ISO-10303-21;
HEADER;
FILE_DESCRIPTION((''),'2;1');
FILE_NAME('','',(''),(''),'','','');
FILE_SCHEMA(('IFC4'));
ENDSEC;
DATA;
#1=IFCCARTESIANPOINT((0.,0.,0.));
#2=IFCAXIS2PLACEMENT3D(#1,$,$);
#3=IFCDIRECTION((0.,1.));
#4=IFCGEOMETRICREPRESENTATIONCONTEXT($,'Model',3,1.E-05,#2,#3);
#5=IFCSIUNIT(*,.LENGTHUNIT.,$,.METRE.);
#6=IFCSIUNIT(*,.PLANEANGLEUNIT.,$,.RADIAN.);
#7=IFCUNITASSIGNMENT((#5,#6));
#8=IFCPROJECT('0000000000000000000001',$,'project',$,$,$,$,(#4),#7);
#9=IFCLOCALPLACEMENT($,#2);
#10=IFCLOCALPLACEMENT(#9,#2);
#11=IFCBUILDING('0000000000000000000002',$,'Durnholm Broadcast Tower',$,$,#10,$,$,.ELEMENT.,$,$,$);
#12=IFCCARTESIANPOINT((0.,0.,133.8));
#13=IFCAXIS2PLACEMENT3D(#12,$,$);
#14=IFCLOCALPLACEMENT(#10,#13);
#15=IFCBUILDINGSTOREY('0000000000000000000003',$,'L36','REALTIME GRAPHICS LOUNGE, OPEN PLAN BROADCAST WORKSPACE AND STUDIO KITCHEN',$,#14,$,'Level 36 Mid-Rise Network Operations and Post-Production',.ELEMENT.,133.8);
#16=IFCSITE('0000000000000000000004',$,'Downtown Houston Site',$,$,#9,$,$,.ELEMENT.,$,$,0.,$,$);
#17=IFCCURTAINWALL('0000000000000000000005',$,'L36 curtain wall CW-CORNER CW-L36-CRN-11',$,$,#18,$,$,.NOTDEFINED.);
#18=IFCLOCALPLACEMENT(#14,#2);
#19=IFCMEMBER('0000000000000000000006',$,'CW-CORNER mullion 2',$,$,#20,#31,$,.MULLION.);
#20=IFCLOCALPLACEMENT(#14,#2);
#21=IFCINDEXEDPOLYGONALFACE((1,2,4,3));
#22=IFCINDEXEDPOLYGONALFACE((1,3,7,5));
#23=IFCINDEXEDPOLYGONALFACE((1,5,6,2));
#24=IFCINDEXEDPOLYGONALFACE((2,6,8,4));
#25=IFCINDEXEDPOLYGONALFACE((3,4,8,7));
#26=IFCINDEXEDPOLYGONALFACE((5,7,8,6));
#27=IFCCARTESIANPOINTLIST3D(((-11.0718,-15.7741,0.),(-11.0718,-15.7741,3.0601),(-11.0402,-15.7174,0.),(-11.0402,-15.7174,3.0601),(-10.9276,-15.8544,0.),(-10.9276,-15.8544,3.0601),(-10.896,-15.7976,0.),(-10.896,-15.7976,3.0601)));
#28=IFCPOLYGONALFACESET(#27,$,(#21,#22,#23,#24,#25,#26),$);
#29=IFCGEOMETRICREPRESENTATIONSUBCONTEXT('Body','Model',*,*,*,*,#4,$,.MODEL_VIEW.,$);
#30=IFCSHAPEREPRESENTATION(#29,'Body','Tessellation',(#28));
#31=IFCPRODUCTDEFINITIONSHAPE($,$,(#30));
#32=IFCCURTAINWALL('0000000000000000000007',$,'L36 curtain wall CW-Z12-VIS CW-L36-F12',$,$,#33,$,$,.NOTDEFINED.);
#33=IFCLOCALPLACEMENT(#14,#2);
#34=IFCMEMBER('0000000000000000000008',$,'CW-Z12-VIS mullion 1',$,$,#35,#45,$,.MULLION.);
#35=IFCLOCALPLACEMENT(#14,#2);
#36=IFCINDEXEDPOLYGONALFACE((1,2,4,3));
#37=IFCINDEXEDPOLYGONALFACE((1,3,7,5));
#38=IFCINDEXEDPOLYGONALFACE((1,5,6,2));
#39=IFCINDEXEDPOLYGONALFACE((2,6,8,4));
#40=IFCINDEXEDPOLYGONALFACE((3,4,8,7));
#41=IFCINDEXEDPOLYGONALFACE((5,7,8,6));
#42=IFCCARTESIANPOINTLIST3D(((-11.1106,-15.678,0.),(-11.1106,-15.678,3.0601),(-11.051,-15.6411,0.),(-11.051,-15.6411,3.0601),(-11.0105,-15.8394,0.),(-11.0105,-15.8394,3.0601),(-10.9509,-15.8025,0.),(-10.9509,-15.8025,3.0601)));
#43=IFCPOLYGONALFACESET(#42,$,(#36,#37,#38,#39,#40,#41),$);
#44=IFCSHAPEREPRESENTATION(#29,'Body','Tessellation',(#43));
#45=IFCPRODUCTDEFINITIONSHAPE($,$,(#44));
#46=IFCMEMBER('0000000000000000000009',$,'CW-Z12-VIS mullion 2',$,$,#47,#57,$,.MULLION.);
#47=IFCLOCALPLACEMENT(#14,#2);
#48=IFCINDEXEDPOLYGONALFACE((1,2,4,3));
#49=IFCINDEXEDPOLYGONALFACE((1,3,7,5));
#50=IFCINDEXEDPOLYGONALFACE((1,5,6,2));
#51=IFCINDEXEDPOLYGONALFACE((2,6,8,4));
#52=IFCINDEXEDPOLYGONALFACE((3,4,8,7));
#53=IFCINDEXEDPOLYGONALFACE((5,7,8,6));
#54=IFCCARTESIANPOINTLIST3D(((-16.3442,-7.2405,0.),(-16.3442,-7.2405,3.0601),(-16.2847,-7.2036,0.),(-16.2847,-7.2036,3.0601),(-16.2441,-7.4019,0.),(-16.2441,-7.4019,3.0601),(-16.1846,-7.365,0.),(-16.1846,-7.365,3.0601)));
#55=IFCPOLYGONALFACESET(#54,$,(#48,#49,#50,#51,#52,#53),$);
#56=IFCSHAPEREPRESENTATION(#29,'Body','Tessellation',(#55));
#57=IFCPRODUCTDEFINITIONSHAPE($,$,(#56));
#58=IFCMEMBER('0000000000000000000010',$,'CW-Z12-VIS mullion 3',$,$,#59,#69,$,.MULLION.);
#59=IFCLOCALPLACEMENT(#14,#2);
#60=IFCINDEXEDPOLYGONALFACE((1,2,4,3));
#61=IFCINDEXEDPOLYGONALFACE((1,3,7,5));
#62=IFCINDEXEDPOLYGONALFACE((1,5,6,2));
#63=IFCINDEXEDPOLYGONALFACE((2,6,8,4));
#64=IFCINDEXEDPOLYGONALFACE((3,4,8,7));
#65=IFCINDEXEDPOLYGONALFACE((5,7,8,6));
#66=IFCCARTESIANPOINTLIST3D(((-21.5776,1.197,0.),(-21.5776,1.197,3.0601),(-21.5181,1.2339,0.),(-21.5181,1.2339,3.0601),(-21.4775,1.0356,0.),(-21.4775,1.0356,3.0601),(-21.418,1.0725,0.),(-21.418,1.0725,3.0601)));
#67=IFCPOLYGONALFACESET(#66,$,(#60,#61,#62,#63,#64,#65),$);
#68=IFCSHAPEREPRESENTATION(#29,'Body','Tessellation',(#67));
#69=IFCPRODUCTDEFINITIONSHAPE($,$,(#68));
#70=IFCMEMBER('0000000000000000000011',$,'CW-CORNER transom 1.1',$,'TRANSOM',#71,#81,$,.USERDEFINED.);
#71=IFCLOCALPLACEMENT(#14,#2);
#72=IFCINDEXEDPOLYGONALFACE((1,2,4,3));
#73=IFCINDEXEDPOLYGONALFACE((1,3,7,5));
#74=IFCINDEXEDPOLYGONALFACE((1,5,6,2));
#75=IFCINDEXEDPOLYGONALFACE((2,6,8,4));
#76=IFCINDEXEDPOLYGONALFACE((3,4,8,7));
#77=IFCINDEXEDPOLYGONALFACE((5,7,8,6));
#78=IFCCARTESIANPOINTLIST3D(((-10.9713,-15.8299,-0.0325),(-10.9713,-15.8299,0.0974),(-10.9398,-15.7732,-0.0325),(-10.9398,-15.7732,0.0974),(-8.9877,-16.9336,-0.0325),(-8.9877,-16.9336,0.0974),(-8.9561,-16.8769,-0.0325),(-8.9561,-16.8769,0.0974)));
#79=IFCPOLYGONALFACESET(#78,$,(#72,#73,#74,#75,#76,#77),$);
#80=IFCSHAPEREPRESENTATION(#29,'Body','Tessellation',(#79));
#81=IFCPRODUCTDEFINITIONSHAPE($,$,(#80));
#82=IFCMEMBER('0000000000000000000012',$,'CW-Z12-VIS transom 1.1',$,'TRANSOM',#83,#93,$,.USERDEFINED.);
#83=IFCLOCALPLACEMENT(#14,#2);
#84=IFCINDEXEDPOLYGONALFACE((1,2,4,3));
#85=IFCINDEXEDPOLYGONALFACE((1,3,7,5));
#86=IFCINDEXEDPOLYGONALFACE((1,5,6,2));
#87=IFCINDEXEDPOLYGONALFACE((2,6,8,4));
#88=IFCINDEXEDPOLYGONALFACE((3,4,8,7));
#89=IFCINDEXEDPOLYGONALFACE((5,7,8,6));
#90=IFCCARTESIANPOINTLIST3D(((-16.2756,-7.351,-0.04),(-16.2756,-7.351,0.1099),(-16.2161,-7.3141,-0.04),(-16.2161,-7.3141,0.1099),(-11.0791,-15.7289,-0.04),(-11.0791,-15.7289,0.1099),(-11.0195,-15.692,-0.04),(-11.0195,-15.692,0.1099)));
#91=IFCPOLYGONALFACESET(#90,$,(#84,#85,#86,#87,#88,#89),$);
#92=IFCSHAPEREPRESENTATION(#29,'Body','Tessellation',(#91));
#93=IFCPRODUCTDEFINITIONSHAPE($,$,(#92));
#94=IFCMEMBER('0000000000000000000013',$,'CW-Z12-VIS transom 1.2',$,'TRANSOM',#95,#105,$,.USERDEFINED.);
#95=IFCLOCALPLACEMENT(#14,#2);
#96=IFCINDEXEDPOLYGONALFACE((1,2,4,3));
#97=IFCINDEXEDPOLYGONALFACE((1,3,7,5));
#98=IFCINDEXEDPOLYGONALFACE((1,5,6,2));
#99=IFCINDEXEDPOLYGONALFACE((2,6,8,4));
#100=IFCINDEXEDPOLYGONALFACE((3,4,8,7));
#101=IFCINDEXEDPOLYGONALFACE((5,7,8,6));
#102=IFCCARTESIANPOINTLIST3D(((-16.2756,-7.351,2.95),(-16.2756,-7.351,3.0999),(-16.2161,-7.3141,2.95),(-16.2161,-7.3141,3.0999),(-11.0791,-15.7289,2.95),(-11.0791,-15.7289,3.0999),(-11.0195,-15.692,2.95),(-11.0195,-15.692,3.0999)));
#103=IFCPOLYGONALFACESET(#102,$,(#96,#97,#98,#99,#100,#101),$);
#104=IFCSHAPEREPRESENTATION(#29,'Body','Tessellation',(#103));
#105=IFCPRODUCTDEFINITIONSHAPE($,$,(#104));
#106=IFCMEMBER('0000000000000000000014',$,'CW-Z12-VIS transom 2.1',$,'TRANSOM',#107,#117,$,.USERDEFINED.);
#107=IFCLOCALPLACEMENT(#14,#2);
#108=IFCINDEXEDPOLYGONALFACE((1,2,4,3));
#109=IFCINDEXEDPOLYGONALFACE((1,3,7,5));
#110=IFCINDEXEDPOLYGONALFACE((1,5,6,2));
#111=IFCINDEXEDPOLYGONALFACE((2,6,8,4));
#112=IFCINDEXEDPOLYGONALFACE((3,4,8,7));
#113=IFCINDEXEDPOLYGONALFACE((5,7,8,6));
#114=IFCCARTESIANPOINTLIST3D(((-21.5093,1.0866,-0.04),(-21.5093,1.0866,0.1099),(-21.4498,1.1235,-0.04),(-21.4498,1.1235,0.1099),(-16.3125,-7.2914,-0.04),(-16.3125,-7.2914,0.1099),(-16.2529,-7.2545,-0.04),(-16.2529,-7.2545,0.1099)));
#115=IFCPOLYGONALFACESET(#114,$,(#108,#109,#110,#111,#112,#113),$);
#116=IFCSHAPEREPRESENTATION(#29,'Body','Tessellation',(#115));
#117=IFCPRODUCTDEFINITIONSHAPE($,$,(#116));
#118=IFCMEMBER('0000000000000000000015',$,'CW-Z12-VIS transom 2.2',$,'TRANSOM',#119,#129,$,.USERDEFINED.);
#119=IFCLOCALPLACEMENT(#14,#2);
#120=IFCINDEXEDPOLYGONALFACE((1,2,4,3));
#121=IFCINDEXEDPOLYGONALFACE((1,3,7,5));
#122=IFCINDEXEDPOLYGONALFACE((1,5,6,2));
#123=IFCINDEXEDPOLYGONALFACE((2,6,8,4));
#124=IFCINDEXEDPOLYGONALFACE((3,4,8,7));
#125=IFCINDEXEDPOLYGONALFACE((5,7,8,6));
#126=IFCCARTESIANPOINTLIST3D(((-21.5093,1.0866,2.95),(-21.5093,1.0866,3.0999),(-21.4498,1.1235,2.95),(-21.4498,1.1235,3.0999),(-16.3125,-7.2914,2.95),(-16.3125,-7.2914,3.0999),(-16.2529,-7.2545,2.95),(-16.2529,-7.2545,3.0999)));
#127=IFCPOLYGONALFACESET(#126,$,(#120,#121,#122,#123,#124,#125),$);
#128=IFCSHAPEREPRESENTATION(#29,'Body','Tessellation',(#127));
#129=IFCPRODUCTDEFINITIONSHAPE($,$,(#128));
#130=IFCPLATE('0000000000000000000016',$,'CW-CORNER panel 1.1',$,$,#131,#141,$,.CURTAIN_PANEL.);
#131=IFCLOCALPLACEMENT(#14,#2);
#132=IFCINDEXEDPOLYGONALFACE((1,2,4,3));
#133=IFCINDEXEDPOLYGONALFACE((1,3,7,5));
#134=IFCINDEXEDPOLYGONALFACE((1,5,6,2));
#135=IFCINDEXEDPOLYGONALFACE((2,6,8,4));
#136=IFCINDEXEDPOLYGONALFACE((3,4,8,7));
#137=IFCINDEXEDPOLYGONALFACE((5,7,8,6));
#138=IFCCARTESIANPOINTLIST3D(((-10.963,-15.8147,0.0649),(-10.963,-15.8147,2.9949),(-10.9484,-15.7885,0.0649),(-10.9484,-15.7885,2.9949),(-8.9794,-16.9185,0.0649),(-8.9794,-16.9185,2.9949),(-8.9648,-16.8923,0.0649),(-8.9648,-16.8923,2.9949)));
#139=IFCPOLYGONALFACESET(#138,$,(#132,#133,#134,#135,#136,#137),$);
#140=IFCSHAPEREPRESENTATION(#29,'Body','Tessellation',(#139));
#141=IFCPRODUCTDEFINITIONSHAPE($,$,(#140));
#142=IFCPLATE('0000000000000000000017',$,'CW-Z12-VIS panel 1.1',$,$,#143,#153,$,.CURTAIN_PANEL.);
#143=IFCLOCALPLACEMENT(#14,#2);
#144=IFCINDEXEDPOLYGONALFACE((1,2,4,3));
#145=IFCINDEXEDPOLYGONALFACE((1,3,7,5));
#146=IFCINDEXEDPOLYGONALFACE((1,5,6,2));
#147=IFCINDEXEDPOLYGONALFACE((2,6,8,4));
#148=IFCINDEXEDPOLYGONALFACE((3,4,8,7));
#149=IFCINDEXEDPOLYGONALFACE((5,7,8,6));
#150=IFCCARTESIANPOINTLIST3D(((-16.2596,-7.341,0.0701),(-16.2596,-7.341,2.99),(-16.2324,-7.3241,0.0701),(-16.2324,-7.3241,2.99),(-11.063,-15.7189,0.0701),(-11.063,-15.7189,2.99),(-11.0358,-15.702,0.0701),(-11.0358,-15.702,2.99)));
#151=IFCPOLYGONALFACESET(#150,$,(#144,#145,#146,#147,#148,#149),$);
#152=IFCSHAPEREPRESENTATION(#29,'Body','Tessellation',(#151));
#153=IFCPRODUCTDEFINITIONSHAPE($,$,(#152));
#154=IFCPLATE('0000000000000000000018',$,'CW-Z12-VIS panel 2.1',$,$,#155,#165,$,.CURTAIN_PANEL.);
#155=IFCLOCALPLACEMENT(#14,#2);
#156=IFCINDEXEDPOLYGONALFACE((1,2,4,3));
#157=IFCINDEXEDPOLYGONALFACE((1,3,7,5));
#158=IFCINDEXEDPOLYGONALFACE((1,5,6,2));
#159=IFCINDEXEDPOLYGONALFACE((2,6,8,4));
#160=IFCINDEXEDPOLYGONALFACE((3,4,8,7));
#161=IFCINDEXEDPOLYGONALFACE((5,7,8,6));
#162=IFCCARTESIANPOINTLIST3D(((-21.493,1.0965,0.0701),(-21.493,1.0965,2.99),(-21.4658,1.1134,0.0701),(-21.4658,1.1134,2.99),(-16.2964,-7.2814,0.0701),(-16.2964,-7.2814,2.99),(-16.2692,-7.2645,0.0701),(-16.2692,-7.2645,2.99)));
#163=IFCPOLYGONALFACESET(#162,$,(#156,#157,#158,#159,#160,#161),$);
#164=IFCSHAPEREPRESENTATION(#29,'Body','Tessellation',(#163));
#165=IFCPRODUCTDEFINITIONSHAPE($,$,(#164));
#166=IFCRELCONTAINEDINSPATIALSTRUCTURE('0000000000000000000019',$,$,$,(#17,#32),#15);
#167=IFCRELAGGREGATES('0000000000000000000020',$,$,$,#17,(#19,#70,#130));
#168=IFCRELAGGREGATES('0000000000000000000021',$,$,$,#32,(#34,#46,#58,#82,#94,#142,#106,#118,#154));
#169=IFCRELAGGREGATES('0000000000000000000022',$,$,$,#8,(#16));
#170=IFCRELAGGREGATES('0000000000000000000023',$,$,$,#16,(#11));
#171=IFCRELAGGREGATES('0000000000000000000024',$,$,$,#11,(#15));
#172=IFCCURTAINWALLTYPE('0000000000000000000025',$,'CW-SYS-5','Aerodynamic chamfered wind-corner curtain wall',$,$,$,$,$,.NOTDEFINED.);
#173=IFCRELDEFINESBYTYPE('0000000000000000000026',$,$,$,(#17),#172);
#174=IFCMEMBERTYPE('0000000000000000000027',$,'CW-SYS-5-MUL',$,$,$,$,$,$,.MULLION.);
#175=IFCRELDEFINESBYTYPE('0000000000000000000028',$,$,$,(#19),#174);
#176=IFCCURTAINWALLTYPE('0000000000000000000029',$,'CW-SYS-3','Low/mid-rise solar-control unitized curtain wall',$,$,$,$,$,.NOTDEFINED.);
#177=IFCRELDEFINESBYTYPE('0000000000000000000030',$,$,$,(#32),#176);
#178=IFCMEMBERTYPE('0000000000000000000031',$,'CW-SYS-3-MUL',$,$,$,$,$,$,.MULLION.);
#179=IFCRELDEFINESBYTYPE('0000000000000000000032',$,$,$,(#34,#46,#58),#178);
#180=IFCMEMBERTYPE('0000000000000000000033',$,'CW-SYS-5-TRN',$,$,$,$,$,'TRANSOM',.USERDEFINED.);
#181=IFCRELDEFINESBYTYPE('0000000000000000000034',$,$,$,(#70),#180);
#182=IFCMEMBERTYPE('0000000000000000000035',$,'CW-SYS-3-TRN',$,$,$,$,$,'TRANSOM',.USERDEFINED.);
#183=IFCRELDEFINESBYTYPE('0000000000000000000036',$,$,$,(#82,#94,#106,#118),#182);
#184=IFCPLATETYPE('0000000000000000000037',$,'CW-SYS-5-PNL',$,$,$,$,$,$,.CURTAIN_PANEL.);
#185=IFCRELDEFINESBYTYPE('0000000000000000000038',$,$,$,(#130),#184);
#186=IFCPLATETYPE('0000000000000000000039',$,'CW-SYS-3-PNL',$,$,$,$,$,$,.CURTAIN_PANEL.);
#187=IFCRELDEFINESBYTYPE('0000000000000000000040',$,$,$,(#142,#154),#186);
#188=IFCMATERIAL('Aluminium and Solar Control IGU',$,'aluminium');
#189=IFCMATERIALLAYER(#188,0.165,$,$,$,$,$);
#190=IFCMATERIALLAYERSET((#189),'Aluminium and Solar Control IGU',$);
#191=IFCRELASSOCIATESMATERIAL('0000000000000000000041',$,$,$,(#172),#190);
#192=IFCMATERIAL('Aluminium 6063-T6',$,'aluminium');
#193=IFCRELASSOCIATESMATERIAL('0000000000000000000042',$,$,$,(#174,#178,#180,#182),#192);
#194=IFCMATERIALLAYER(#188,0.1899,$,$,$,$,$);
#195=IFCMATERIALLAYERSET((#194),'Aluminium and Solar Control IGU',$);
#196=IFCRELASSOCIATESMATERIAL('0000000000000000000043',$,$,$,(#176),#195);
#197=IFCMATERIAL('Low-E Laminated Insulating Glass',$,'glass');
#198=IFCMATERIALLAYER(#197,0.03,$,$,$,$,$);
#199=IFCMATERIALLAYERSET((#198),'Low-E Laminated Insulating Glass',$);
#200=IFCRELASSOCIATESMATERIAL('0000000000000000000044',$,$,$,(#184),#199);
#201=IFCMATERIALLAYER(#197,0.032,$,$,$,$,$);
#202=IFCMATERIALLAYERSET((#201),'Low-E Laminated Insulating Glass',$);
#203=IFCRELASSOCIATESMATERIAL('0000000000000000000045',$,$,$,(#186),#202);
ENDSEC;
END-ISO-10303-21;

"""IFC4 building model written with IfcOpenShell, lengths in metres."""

from ifc_helpers import new_model, si_unit, direction, frame, origin, origin_2d, place, context, subcontext, project, spatial, rectangle, extrude, source, transform, mapped, material, layer, layer_set, material_profile, profile_set, type_object, type_shapes, element, aggregate, save


model = new_model("IFC4")

# Units and contexts
model_context = context("Model", 3, precision=1e-05, world=origin(), true_north=direction((0.0, 1.0)))
body_context = subcontext(model_context, "Body", "Model", "MODEL_VIEW")
ifc_project = project(units=[si_unit("LENGTHUNIT", "METRE"), si_unit("PLANEANGLEUNIT", "RADIAN")], contexts=[model_context])

# Site, building, storey
site_placement = place(None, origin())
site = spatial("IfcSite", under=ifc_project, at=site_placement, Name="Downtown Houston Site", CompositionType="ELEMENT", RefElevation=0.0)
building_placement = place(site_placement, origin())
building = spatial("IfcBuilding", under=site, at=building_placement, Name="Durnholm Broadcast Tower", CompositionType="ELEMENT")
storey_placement = place(building_placement, frame((0.0, 0.0, 133.8)))
storey = spatial("IfcBuildingStorey", under=building, at=storey_placement, Name="L36", Description="REALTIME GRAPHICS LOUNGE, OPEN PLAN BROADCAST WORKSPACE AND STUDIO KITCHEN", LongName="Level 36 Mid-Rise Network Operations and Post-Production", CompositionType="ELEMENT", Elevation=133.8)

# Curtain wall, member
ifc_material_1 = material(Name="Aluminium and Solar Control IGU", Category="aluminium")
ifc_layer_1 = layer(ifc_material_1, 0.165)
ifc_layer_set_1 = layer_set([ifc_layer_1], Name="Aluminium and Solar Control IGU")
curtain_wall_type_1 = type_object("IfcCurtainWallType", Name="CW-SYS-5", Description="Aerodynamic chamfered wind-corner curtain wall", PredefinedType="NOTDEFINED", material=ifc_layer_set_1)
ifc_material_2 = material(Name="Aluminium 6063-T6", Category="aluminium")
ifc_material_profile_1 = material_profile(ifc_material_2, rectangle(XDim=0.0649, YDim=0.165, at=origin_2d()), Name="CWM65X165")
ifc_profile_set_1 = profile_set([ifc_material_profile_1], Name="Aluminium 6063-T6")
member_type_1 = type_object("IfcMemberType", Name="CW-SYS-5-MUL", PredefinedType="MULLION", material=ifc_profile_set_1)
shared_shape_1 = source(origin(), body_context, "Body", "SweptSolid", [
    extrude(rectangle(XDim=0.0649, YDim=0.165, at=origin_2d()), origin(), (0.0, 0.0, 1.0), 3.0601),
])
type_shapes(member_type_1, [shared_shape_1])
curtain_wall_1_placement = place(storey_placement, origin())
curtain_wall_1 = element("IfcCurtainWall", 1, at=curtain_wall_1_placement, inside=storey, type_object=curtain_wall_type_1, Name="L36 curtain wall CW-CORNER CW-L36-CRN-11", PredefinedType="NOTDEFINED")
member_1_placement = place(storey_placement, frame((-10.9839, -15.7859, 0.0), z_axis=(0.0, 0.0, 1.0), x_axis=(-0.486244, -0.873823, 0.0)))
member_1 = element("IfcMember", 2, at=member_1_placement, type_object=member_type_1, Name="CW-CORNER mullion 2", PredefinedType="MULLION", context=body_context, shape_type="MappedRepresentation", body=[
    mapped(shared_shape_1, transform((0.0, 0.0, 0.0), x_axis=(1.0, 0.0, 0.0), y_axis=(0.0, 1.0, 0.0), z_axis=(0.0, 0.0, 1.0), scale=1.0)),
])

# Curtain wall, members
ifc_layer_2 = layer(ifc_material_1, 0.1899)
ifc_layer_set_2 = layer_set([ifc_layer_2], Name="Aluminium and Solar Control IGU")
curtain_wall_type_2 = type_object("IfcCurtainWallType", Name="CW-SYS-3", Description="Low/mid-rise solar-control unitized curtain wall", PredefinedType="NOTDEFINED", material=ifc_layer_set_2)
curtain_wall_2_placement = place(storey_placement, origin())
curtain_wall_2 = element("IfcCurtainWall", 3, at=curtain_wall_2_placement, inside=storey, type_object=curtain_wall_type_2, Name="L36 curtain wall CW-Z12-VIS CW-L36-F12", PredefinedType="NOTDEFINED")
ifc_material_profile_2 = material_profile(ifc_material_2, rectangle(XDim=0.0701, YDim=0.1899, at=origin_2d()), Name="CWM70X190")
ifc_profile_set_2 = profile_set([ifc_material_profile_2], Name="Aluminium 6063-T6")
member_type_2 = type_object("IfcMemberType", Name="CW-SYS-3-MUL", PredefinedType="MULLION", material=ifc_profile_set_2)
shared_shape_2 = source(origin(), body_context, "Body", "SweptSolid", [
    extrude(rectangle(XDim=0.0701, YDim=0.1899, at=origin_2d()), origin(), (0.0, 0.0, 1.0), 3.0601),
])
type_shapes(member_type_2, [shared_shape_2])
member_2_placement = place(storey_placement, frame((-11.0308, -15.7402, 0.0), z_axis=(0.0, 0.0, 1.0), x_axis=(-0.8498, -0.527105, 0.0)))
member_2 = element("IfcMember", 4, at=member_2_placement, type_object=member_type_2, Name="CW-Z12-VIS mullion 1", PredefinedType="MULLION", context=body_context, shape_type="MappedRepresentation", body=[
    mapped(shared_shape_2, transform((0.0, 0.0, 0.0), x_axis=(1.0, 0.0, 0.0), y_axis=(0.0, 1.0, 0.0), z_axis=(0.0, 0.0, 1.0), scale=1.0)),
])
member_3_placement = place(storey_placement, frame((-16.2644, -7.3027, 0.0), z_axis=(0.0, 0.0, 1.0), x_axis=(-0.8498, -0.527105, 0.0)))
member_3 = element("IfcMember", 5, at=member_3_placement, type_object=member_type_2, Name="CW-Z12-VIS mullion 2", PredefinedType="MULLION", context=body_context, shape_type="MappedRepresentation", body=[
    mapped(shared_shape_2, transform((0.0, 0.0, 0.0), x_axis=(1.0, 0.0, 0.0), y_axis=(0.0, 1.0, 0.0), z_axis=(0.0, 0.0, 1.0), scale=1.0)),
])
member_4_placement = place(storey_placement, frame((-21.4978, 1.1348, 0.0), z_axis=(0.0, 0.0, 1.0), x_axis=(-0.8498, -0.527105, 0.0)))
member_4 = element("IfcMember", 6, at=member_4_placement, type_object=member_type_2, Name="CW-Z12-VIS mullion 3", PredefinedType="MULLION", context=body_context, shape_type="MappedRepresentation", body=[
    mapped(shared_shape_2, transform((0.0, 0.0, 0.0), x_axis=(1.0, 0.0, 0.0), y_axis=(0.0, 1.0, 0.0), z_axis=(0.0, 0.0, 1.0), scale=1.0)),
])

# Members
ifc_material_profile_3 = material_profile(ifc_material_2, rectangle(XDim=0.0649, YDim=0.1299, at=origin_2d()), Name="CWT65X130")
ifc_profile_set_3 = profile_set([ifc_material_profile_3], Name="Aluminium 6063-T6")
member_type_3 = type_object("IfcMemberType", Name="CW-SYS-5-TRN", ElementType="TRANSOM", PredefinedType="USERDEFINED", material=ifc_profile_set_3)
shared_shape_3 = source(origin(), body_context, "Body", "SweptSolid", [
    extrude(rectangle(XDim=0.0649, YDim=0.1299, at=origin_2d()), origin(), (0.0, 0.0, 1.0), 2.27),
])
type_shapes(member_type_3, [shared_shape_3])
member_5_placement = place(storey_placement, frame((-8.9719, -16.9053, 0.0325), z_axis=(-0.873832, 0.486227, 0.0), x_axis=(-0.486227, -0.873832, 0.0)))
member_5 = element("IfcMember", 7, at=member_5_placement, type_object=member_type_3, Name="CW-CORNER transom 1.1", ObjectType="TRANSOM", PredefinedType="USERDEFINED", context=body_context, shape_type="MappedRepresentation", body=[
    mapped(shared_shape_3, transform((0.0, 0.0, 0.0), x_axis=(1.0, 0.0, 0.0), y_axis=(0.0, 1.0, 0.0), z_axis=(0.0, 0.0, 1.0), scale=1.0)),
])
ifc_material_profile_4 = material_profile(ifc_material_2, rectangle(XDim=0.0701, YDim=0.1499, at=origin_2d()), Name="CWT70X150")
ifc_profile_set_4 = profile_set([ifc_material_profile_4], Name="Aluminium 6063-T6")
member_type_4 = type_object("IfcMemberType", Name="CW-SYS-3-TRN", ElementType="TRANSOM", PredefinedType="USERDEFINED", material=ifc_profile_set_4)
shared_shape_4 = source(origin(), body_context, "Body", "SweptSolid", [
    extrude(rectangle(XDim=0.0701, YDim=0.1499, at=origin_2d()), origin(), (0.0, 0.0, 1.0), 9.8586),
])
member_6_placement = place(storey_placement, frame((-11.0493, -15.7104, 0.0349), z_axis=(-0.527102, 0.849802, 0.0), x_axis=(-0.849802, -0.527102, 0.0)))
member_6 = element("IfcMember", 8, at=member_6_placement, type_object=member_type_4, Name="CW-Z12-VIS transom 1.1", ObjectType="TRANSOM", PredefinedType="USERDEFINED", context=body_context, shape_type="MappedRepresentation", body=[
    mapped(shared_shape_4, transform((0.0, 0.0, 0.0), x_axis=(1.0, 0.0, 0.0), y_axis=(0.0, 1.0, 0.0), z_axis=(0.0, 0.0, 1.0), scale=1.0)),
])
member_7_placement = place(storey_placement, frame((-11.0493, -15.7104, 3.0249), z_axis=(-0.527102, 0.849802, 0.0), x_axis=(-0.849802, -0.527102, 0.0)))
member_7 = element("IfcMember", 9, at=member_7_placement, type_object=member_type_4, Name="CW-Z12-VIS transom 1.2", ObjectType="TRANSOM", PredefinedType="USERDEFINED", context=body_context, shape_type="MappedRepresentation", body=[
    mapped(shared_shape_4, transform((0.0, 0.0, 0.0), x_axis=(1.0, 0.0, 0.0), y_axis=(0.0, 1.0, 0.0), z_axis=(0.0, 0.0, 1.0), scale=1.0)),
])
shared_shape_5 = source(origin(), body_context, "Body", "SweptSolid", [
    extrude(rectangle(XDim=0.0701, YDim=0.1499, at=origin_2d()), origin(), (0.0, 0.0, 1.0), 9.8589),
])
type_shapes(member_type_4, [shared_shape_4, shared_shape_5])
member_8_placement = place(storey_placement, frame((-16.2827, -7.2729, 0.0349), z_axis=(-0.52712, 0.849791, 0.0), x_axis=(-0.849791, -0.52712, 0.0)))
member_8 = element("IfcMember", 10, at=member_8_placement, type_object=member_type_4, Name="CW-Z12-VIS transom 2.1", ObjectType="TRANSOM", PredefinedType="USERDEFINED", context=body_context, shape_type="MappedRepresentation", body=[
    mapped(shared_shape_5, transform((0.0, 0.0, 0.0), x_axis=(1.0, 0.0, 0.0), y_axis=(0.0, 1.0, 0.0), z_axis=(0.0, 0.0, 1.0), scale=1.0)),
])
member_9_placement = place(storey_placement, frame((-16.2827, -7.2729, 3.0249), z_axis=(-0.52712, 0.849791, 0.0), x_axis=(-0.849791, -0.52712, 0.0)))
member_9 = element("IfcMember", 11, at=member_9_placement, type_object=member_type_4, Name="CW-Z12-VIS transom 2.2", ObjectType="TRANSOM", PredefinedType="USERDEFINED", context=body_context, shape_type="MappedRepresentation", body=[
    mapped(shared_shape_5, transform((0.0, 0.0, 0.0), x_axis=(1.0, 0.0, 0.0), y_axis=(0.0, 1.0, 0.0), z_axis=(0.0, 0.0, 1.0), scale=1.0)),
])

# Plates
ifc_material_3 = material(Name="Low-E Laminated Insulating Glass", Category="glass")
ifc_layer_3 = layer(ifc_material_3, 0.03)
ifc_layer_set_3 = layer_set([ifc_layer_3], Name="Low-E Laminated Insulating Glass")
plate_type_1 = type_object("IfcPlateType", Name="CW-SYS-5-PNL", PredefinedType="CURTAIN_PANEL", material=ifc_layer_set_3)
shared_shape_6 = source(origin(), body_context, "Body", "SweptSolid", [
    extrude(rectangle(XDim=2.27, YDim=0.03, at=origin_2d()), origin(), (0.0, 0.0, 1.0), 2.9299),
])
type_shapes(plate_type_1, [shared_shape_6])
plate_1_placement = place(storey_placement, frame((-9.9639, -16.3535, 0.0649), z_axis=(0.0, 0.0, 1.0), x_axis=(-0.873823, 0.486244, 0.0)))
plate_1 = element("IfcPlate", 12, at=plate_1_placement, type_object=plate_type_1, Name="CW-CORNER panel 1.1", PredefinedType="CURTAIN_PANEL", context=body_context, shape_type="MappedRepresentation", body=[
    mapped(shared_shape_6, transform((0.0, 0.0, 0.0), x_axis=(1.0, 0.0, 0.0), y_axis=(0.0, 1.0, 0.0), z_axis=(0.0, 0.0, 1.0), scale=1.0)),
])
aggregate(curtain_wall_1, [member_1, member_5, plate_1])
ifc_layer_4 = layer(ifc_material_3, 0.032)
ifc_layer_set_4 = layer_set([ifc_layer_4], Name="Low-E Laminated Insulating Glass")
plate_type_2 = type_object("IfcPlateType", Name="CW-SYS-3-PNL", PredefinedType="CURTAIN_PANEL", material=ifc_layer_set_4)
shared_shape_7 = source(origin(), body_context, "Body", "SweptSolid", [
    extrude(rectangle(XDim=9.8586, YDim=0.032, at=origin_2d()), origin(), (0.0, 0.0, 1.0), 2.9199),
])
type_shapes(plate_type_2, [shared_shape_7])
plate_2_placement = place(storey_placement, frame((-13.6477, -11.5215, 0.0701), z_axis=(0.0, 0.0, 1.0), x_axis=(-0.527105, 0.8498, 0.0)))
plate_2 = element("IfcPlate", 13, at=plate_2_placement, type_object=plate_type_2, Name="CW-Z12-VIS panel 1.1", PredefinedType="CURTAIN_PANEL", context=body_context, shape_type="MappedRepresentation", body=[
    mapped(shared_shape_7, transform((0.0, 0.0, 0.0), x_axis=(1.0, 0.0, 0.0), y_axis=(0.0, 1.0, 0.0), z_axis=(0.0, 0.0, 1.0), scale=1.0)),
])
plate_3_placement = place(storey_placement, frame((-18.8811, -3.084, 0.0701), z_axis=(0.0, 0.0, 1.0), x_axis=(-0.527105, 0.8498, 0.0)))
plate_3 = element("IfcPlate", 14, at=plate_3_placement, type_object=plate_type_2, Name="CW-Z12-VIS panel 2.1", PredefinedType="CURTAIN_PANEL", context=body_context, shape_type="MappedRepresentation", body=[
    mapped(shared_shape_7, transform((0.0, 0.0, 0.0), x_axis=(1.0, 0.0, 0.0), y_axis=(0.0, 1.0, 0.0), z_axis=(0.0, 0.0, 1.0), scale=1.0)),
])
aggregate(curtain_wall_2, [member_2, member_3, member_4, member_6, member_7, plate_2, member_8, member_9, plate_3])

save(model, "model.ifc")
